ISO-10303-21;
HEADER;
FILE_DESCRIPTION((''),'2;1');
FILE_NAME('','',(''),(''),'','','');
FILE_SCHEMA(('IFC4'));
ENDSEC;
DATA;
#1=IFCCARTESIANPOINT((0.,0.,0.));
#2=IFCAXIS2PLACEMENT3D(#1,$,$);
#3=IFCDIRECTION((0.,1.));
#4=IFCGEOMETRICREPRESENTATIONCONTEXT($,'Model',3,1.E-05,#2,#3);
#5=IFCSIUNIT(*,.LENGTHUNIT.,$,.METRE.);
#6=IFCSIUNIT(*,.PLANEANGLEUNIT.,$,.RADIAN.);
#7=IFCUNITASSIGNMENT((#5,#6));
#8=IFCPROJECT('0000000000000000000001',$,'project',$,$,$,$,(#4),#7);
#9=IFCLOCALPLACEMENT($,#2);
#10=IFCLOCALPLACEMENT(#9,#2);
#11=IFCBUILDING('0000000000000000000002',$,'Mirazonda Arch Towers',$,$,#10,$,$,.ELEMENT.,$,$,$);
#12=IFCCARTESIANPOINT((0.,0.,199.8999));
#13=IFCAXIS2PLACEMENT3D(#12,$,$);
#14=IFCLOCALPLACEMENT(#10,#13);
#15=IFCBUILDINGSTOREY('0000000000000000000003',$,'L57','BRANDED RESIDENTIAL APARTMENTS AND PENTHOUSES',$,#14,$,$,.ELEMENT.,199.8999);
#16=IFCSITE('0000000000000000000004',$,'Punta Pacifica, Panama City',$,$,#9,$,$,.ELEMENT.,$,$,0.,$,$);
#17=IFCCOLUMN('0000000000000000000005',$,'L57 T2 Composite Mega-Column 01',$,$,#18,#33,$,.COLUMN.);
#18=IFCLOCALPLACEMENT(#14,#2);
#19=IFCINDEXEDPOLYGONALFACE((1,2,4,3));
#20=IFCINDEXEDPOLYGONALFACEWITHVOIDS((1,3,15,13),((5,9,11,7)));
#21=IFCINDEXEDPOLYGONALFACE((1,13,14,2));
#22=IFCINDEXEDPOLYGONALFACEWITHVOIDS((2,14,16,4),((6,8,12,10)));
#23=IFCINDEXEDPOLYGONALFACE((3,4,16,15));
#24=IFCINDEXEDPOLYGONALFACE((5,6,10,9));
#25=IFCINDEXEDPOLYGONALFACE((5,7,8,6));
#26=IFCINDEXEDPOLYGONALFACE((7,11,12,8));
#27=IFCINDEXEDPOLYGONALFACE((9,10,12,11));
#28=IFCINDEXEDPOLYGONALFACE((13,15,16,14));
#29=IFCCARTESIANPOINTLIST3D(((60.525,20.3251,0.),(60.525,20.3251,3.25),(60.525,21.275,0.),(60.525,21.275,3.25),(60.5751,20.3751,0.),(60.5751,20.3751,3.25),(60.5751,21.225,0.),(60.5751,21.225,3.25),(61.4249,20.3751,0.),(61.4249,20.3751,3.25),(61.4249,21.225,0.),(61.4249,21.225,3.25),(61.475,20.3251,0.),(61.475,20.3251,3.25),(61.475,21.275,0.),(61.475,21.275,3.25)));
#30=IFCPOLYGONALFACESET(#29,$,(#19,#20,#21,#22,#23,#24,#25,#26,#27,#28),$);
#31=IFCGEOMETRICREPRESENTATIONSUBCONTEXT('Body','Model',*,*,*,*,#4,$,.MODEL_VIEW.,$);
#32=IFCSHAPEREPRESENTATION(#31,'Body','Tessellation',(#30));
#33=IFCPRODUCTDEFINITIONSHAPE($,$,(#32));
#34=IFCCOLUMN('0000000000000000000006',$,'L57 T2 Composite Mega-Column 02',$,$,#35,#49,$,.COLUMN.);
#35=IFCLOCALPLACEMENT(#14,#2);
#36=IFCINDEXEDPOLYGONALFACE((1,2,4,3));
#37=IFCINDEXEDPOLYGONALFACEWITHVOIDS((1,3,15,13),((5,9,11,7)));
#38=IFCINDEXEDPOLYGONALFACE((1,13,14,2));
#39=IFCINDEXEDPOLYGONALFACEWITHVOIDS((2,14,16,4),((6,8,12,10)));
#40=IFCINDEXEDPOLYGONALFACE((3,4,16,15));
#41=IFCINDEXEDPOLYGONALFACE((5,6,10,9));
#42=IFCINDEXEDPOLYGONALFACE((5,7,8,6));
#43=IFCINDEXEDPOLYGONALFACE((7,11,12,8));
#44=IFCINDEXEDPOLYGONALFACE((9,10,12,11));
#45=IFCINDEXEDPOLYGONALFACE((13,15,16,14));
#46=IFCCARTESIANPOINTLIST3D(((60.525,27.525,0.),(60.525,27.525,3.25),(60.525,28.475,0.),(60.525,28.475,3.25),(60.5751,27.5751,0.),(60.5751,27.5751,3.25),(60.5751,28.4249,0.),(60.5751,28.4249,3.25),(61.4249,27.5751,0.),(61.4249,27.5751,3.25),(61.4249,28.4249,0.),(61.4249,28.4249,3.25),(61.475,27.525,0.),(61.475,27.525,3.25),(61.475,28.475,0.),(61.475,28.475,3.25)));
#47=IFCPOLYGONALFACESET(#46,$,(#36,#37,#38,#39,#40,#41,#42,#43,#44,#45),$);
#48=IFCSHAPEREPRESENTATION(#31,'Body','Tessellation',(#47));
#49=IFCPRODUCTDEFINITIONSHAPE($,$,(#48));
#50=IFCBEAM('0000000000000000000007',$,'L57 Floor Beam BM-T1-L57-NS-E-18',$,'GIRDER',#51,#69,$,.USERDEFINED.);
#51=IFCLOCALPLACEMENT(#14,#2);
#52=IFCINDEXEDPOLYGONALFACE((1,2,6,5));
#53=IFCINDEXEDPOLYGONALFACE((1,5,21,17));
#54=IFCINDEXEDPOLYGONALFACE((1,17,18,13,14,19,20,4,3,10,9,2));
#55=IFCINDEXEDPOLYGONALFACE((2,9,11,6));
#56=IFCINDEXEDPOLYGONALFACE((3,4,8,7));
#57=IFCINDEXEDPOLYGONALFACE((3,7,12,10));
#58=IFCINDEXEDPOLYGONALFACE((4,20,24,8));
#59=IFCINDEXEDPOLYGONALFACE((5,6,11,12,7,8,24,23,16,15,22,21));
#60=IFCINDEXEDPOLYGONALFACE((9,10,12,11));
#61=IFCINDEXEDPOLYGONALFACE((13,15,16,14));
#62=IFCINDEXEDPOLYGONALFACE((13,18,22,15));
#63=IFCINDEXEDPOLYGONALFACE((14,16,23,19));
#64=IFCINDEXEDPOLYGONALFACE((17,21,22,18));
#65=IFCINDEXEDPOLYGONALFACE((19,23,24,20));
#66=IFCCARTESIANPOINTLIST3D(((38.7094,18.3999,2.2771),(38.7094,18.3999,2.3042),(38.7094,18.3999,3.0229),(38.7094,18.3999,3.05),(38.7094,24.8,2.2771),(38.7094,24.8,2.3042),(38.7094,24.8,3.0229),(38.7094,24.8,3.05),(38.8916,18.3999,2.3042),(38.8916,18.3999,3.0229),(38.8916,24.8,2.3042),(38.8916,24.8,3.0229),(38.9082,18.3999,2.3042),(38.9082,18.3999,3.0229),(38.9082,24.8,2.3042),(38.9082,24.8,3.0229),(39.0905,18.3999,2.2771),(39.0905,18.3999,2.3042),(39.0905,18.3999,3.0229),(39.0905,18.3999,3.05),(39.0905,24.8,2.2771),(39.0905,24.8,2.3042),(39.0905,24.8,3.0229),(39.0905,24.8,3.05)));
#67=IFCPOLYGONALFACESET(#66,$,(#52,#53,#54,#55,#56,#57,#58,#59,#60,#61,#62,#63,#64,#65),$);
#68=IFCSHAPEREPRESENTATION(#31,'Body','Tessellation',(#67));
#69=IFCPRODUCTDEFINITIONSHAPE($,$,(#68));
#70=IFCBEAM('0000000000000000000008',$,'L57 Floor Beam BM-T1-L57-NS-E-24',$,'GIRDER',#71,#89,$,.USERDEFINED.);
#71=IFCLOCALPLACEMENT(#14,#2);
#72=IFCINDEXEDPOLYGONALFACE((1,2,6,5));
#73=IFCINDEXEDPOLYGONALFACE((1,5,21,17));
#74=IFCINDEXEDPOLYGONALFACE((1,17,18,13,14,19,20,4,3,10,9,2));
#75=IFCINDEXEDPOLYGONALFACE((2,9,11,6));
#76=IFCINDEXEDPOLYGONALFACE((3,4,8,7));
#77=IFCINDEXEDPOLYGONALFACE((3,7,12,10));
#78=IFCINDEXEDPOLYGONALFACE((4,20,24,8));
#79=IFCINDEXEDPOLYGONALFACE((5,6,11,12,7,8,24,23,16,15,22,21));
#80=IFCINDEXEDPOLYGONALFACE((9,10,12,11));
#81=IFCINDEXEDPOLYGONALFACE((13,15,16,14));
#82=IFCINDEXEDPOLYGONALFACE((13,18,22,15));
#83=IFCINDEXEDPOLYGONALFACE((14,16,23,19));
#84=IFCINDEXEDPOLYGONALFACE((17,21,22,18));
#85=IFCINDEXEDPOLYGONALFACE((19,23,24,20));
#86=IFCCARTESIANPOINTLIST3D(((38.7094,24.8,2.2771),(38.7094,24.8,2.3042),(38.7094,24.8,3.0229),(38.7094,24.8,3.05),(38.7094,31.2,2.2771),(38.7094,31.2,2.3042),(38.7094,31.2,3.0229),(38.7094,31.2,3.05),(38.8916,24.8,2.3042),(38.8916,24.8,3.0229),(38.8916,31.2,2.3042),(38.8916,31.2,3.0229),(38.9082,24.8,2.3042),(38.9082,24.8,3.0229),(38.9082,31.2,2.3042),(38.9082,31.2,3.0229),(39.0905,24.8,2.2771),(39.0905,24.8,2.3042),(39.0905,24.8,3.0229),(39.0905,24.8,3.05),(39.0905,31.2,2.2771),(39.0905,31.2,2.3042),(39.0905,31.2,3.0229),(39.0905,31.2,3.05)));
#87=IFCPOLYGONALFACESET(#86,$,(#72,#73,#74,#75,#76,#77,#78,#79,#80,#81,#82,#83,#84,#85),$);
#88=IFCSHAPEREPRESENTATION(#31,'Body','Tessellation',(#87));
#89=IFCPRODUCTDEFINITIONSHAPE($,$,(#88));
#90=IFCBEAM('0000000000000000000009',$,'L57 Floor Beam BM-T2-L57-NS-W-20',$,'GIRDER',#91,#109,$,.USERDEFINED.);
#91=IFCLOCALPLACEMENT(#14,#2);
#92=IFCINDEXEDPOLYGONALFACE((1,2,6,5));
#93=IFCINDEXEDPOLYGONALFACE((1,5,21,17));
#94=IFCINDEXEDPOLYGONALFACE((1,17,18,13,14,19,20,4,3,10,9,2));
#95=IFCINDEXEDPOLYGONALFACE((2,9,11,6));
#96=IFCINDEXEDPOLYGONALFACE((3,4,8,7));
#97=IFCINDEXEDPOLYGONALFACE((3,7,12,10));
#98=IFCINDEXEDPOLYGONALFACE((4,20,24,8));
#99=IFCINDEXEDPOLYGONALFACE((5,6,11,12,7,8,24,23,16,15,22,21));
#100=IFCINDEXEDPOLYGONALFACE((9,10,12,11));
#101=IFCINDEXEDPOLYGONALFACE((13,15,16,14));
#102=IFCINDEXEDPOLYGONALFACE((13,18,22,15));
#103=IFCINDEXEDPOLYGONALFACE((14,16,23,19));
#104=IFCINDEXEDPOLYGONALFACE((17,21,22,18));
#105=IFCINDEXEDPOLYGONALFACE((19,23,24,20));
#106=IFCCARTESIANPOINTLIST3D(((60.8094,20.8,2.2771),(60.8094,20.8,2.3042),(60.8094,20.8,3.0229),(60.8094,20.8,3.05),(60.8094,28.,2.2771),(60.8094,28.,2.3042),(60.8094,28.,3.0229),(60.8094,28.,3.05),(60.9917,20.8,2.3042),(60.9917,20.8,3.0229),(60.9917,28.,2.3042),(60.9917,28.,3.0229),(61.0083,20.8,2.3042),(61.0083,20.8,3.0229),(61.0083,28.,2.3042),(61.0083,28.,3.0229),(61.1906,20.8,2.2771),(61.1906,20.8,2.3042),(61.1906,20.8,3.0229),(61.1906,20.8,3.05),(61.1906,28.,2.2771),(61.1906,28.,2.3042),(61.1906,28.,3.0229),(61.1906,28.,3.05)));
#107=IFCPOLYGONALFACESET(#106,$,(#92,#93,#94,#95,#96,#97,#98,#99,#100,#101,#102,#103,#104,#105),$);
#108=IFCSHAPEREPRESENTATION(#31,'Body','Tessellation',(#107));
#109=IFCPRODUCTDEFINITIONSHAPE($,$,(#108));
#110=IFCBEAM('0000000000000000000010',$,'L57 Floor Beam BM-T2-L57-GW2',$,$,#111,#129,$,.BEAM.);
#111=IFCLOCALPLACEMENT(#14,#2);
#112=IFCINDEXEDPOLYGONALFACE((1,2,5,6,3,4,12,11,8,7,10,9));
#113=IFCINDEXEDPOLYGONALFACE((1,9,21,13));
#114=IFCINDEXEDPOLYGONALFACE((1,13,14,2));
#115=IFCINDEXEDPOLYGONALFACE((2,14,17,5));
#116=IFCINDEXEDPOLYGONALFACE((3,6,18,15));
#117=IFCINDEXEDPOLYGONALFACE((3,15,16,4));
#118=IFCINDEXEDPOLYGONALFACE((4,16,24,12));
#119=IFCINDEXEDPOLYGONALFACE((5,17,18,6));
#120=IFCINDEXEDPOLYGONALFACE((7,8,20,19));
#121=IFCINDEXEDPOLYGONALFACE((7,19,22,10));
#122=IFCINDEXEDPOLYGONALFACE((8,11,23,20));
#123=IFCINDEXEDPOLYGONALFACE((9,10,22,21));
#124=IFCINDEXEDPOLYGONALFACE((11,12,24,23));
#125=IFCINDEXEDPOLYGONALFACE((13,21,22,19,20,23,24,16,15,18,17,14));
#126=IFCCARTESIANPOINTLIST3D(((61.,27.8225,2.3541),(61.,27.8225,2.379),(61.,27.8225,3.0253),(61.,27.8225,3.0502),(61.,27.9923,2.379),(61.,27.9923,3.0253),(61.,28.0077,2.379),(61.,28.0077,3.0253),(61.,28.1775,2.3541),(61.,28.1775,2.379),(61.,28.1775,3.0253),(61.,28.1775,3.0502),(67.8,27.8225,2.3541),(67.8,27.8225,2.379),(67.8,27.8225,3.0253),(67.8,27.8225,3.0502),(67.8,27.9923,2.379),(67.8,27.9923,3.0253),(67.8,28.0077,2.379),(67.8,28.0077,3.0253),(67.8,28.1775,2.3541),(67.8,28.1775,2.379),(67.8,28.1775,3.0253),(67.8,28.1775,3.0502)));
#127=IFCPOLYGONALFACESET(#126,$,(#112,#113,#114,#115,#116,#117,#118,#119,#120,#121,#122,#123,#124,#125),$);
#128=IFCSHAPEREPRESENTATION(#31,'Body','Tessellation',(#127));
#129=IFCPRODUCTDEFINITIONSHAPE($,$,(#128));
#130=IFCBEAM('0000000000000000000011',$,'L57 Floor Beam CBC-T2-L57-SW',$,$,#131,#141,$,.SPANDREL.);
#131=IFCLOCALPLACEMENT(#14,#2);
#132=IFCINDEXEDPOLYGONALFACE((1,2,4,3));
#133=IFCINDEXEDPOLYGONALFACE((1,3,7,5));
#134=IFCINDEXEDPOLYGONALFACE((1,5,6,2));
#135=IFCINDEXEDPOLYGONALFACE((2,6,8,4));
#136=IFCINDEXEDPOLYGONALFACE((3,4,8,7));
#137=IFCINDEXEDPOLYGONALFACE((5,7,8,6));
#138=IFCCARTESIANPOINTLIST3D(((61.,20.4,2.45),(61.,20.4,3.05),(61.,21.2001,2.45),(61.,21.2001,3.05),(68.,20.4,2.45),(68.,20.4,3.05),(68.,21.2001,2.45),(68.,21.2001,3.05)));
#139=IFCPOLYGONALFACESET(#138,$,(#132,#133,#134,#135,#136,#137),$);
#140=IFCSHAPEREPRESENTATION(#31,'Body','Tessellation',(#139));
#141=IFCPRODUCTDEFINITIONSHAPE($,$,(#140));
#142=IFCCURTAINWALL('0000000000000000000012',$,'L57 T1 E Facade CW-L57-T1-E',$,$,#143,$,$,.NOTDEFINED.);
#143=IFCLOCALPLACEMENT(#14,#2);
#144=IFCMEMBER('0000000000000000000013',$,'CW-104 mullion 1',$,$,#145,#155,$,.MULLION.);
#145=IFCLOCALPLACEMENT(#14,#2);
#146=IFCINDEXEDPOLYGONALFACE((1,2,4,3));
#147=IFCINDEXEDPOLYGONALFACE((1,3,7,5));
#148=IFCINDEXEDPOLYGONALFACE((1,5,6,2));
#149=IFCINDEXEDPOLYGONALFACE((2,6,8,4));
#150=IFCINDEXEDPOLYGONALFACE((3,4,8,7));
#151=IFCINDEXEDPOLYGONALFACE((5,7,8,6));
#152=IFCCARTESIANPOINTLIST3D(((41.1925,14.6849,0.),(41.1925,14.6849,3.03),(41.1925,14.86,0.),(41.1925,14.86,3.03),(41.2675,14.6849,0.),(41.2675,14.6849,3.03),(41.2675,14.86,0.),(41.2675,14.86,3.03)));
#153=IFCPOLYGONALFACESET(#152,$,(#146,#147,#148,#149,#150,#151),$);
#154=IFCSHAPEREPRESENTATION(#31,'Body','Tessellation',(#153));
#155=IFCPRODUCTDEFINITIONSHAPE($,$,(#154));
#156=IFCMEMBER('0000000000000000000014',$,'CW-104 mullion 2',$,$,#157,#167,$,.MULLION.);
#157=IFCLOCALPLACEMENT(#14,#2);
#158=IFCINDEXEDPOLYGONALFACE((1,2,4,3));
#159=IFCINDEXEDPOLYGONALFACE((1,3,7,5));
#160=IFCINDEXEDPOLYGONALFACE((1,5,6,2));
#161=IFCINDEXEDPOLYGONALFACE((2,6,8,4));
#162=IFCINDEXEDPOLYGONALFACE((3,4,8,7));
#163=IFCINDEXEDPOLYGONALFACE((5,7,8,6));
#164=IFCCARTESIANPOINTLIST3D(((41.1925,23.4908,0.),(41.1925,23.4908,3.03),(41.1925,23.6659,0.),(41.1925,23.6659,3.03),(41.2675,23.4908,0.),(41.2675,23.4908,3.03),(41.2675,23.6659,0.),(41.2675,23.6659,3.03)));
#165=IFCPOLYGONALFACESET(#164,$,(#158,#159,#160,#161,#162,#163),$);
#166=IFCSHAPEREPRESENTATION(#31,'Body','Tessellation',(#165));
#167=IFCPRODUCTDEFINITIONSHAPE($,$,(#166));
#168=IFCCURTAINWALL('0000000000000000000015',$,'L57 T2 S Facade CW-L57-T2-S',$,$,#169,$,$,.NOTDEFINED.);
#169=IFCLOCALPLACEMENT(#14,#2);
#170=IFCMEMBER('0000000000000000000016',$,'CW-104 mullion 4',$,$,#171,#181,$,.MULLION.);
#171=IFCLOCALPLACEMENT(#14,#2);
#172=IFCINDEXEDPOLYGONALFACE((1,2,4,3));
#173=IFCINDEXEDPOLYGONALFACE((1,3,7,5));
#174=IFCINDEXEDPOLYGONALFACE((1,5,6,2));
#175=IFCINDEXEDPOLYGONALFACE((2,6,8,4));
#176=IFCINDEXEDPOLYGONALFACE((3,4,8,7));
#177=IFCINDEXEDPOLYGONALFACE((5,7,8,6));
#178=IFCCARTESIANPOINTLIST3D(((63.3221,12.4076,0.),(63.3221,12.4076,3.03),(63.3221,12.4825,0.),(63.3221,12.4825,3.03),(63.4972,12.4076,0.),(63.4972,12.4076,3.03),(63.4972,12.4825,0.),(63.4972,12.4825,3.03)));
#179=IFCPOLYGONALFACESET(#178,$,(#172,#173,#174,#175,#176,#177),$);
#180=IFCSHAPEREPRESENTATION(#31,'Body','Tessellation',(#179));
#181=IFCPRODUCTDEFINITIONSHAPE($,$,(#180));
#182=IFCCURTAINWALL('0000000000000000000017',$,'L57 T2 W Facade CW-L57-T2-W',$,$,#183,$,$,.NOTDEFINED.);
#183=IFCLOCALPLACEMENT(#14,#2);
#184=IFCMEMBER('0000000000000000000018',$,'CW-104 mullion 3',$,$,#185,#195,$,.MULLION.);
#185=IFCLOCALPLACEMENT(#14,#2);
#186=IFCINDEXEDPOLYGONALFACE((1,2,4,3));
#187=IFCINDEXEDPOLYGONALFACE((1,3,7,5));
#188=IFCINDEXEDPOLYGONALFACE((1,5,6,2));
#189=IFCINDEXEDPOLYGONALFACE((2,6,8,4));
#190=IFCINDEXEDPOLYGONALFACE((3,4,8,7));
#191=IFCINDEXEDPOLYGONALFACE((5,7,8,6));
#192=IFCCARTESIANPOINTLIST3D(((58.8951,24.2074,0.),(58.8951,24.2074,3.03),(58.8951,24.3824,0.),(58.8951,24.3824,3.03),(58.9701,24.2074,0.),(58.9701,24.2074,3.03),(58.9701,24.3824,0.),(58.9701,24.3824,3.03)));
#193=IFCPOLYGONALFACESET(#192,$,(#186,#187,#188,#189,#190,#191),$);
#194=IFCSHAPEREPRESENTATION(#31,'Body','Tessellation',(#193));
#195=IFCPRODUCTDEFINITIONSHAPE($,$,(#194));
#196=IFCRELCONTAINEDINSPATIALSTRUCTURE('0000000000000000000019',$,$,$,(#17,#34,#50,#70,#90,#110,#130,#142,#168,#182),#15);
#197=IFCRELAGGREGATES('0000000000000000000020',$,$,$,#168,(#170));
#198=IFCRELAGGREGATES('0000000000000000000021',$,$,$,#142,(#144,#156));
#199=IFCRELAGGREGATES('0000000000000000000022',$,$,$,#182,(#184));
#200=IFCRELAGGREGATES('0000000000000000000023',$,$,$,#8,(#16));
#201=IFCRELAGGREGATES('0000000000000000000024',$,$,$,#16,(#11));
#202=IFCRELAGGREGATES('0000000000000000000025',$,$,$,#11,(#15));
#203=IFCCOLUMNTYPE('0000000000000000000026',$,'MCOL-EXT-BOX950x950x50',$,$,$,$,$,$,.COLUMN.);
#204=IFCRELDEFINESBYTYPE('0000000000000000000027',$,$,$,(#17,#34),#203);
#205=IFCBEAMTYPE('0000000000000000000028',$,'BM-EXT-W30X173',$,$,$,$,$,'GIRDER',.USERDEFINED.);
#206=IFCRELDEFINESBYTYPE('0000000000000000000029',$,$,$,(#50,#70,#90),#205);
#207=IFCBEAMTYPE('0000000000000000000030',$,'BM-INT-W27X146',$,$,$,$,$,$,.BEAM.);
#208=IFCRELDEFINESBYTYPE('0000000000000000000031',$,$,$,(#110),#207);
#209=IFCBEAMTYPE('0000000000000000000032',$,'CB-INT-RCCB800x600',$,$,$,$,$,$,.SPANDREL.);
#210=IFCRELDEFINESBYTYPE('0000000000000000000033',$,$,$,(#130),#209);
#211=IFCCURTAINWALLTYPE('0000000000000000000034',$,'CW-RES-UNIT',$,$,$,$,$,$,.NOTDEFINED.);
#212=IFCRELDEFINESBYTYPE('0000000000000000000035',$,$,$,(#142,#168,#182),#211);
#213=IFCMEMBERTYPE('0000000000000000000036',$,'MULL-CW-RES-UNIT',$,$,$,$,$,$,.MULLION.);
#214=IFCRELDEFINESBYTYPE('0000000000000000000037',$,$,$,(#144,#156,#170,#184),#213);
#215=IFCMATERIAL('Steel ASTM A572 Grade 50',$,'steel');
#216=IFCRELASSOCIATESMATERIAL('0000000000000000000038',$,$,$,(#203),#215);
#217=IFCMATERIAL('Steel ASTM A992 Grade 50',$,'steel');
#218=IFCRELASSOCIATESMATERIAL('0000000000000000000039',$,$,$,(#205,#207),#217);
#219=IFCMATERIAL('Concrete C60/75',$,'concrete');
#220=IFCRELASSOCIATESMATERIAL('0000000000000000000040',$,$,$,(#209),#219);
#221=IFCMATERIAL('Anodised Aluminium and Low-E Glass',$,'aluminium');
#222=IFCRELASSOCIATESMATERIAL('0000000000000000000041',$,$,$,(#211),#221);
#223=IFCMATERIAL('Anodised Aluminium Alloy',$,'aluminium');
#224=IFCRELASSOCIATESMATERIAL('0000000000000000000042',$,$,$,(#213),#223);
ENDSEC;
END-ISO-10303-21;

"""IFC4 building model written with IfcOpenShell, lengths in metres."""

from ifc_helpers import new_model, si_unit, direction, frame, origin, origin_2d, place, context, subcontext, project, spatial, rectangle, hollow_rectangle, i_section, extrude, material, material_profile, profile_set, type_object, element, aggregate, save


model = new_model("IFC4")

# Units and contexts
model_context = context("Model", 3, precision=1e-05, world=origin(), true_north=direction((0.0, 1.0)))
body_context = subcontext(model_context, "Body", "Model", "MODEL_VIEW")
ifc_project = project(units=[si_unit("LENGTHUNIT", "METRE"), si_unit("PLANEANGLEUNIT", "RADIAN")], contexts=[model_context])

# Site, building, storey
site_placement = place(None, origin())
site = spatial("IfcSite", under=ifc_project, at=site_placement, Name="Punta Pacifica, Panama City", CompositionType="ELEMENT", RefElevation=0.0)
building_placement = place(site_placement, origin())
building = spatial("IfcBuilding", under=site, at=building_placement, Name="Mirazonda Arch Towers", CompositionType="ELEMENT")
storey_placement = place(building_placement, frame((0.0, 0.0, 199.8999)))
storey = spatial("IfcBuildingStorey", under=building, at=storey_placement, Name="L57", Description="BRANDED RESIDENTIAL APARTMENTS AND PENTHOUSES", CompositionType="ELEMENT", Elevation=199.8999)

# Columns
ifc_material_1 = material(Name="Steel ASTM A572 Grade 50", Category="steel")
ifc_material_profile_1 = material_profile(ifc_material_1, hollow_rectangle(XDim=0.95, YDim=0.95, WallThickness=0.05, at=origin_2d()), Name="BOX950x950x50")
ifc_profile_set_1 = profile_set([ifc_material_profile_1], Name="Steel ASTM A572 Grade 50")
column_type = type_object("IfcColumnType", Name="MCOL-EXT-BOX950x950x50", PredefinedType="COLUMN", material=ifc_profile_set_1)
for number, where, z_axis, x_axis, name in (
    (1, (61.0, 20.8, 0.0), (0.0, 0.0, 1.0), (1.0, 0.0, 0.0), "L57 T2 Composite Mega-Column 01"),
    (2, (61.0, 28.0, 0.0), (0.0, 0.0, 1.0), (1.0, 0.0, 0.0), "L57 T2 Composite Mega-Column 02"),
):
    element("IfcColumn", number, at=place(storey_placement, frame(where, z_axis=z_axis, x_axis=x_axis)), inside=storey, type_object=column_type, Name=name, PredefinedType="COLUMN", context=body_context, shape_type="SweptSolid", body=[
        extrude(hollow_rectangle(XDim=0.95, YDim=0.95, WallThickness=0.05, at=origin_2d()), origin(), (0.0, 0.0, 1.0), 3.25),
    ])

# Beams
ifc_material_2 = material(Name="Steel ASTM A992 Grade 50", Category="steel")
ifc_material_profile_2 = material_profile(ifc_material_2, i_section(OverallWidth=0.3811, OverallDepth=0.7729, WebThickness=0.0166, FlangeThickness=0.0271, at=origin_2d()), Name="W30X173")
ifc_profile_set_2 = profile_set([ifc_material_profile_2], Name="Steel ASTM A992 Grade 50")
beam_type_1 = type_object("IfcBeamType", Name="BM-EXT-W30X173", ElementType="GIRDER", PredefinedType="USERDEFINED", material=ifc_profile_set_2)
beam_1_placement = place(storey_placement, frame((38.8999, 18.3999, 2.6636), z_axis=(0.0, 1.0, 0.0), x_axis=(-1.0, 0.0, 0.0)))
element("IfcBeam", 3, at=beam_1_placement, inside=storey, type_object=beam_type_1, Name="L57 Floor Beam BM-T1-L57-NS-E-18", ObjectType="GIRDER", PredefinedType="USERDEFINED", context=body_context, shape_type="SweptSolid", body=[
    extrude(i_section(OverallWidth=0.3811, OverallDepth=0.7729, WebThickness=0.0166, FlangeThickness=0.0271, at=origin_2d()), origin(), (0.0, 0.0, 1.0), 6.4001),
])
beam_2_placement = place(storey_placement, frame((38.8999, 24.8, 2.6636), z_axis=(0.0, 1.0, 0.0), x_axis=(-1.0, 0.0, 0.0)))
element("IfcBeam", 4, at=beam_2_placement, inside=storey, type_object=beam_type_1, Name="L57 Floor Beam BM-T1-L57-NS-E-24", ObjectType="GIRDER", PredefinedType="USERDEFINED", context=body_context, shape_type="SweptSolid", body=[
    extrude(i_section(OverallWidth=0.3811, OverallDepth=0.7729, WebThickness=0.0166, FlangeThickness=0.0271, at=origin_2d()), origin(), (0.0, 0.0, 1.0), 6.3999),
])
beam_3_placement = place(storey_placement, frame((61.0, 20.8, 2.6636), z_axis=(0.0, 1.0, 0.0), x_axis=(-1.0, 0.0, 0.0)))
element("IfcBeam", 5, at=beam_3_placement, inside=storey, type_object=beam_type_1, Name="L57 Floor Beam BM-T2-L57-NS-W-20", ObjectType="GIRDER", PredefinedType="USERDEFINED", context=body_context, shape_type="SweptSolid", body=[
    extrude(i_section(OverallWidth=0.3811, OverallDepth=0.7729, WebThickness=0.0166, FlangeThickness=0.0271, at=origin_2d()), origin(), (0.0, 0.0, 1.0), 7.2),
])
ifc_material_profile_3 = material_profile(ifc_material_2, i_section(OverallWidth=0.355, OverallDepth=0.696, WebThickness=0.0154, FlangeThickness=0.0249, at=origin_2d()), Name="W27X146")
ifc_profile_set_3 = profile_set([ifc_material_profile_3], Name="Steel ASTM A992 Grade 50")
beam_type_2 = type_object("IfcBeamType", Name="BM-INT-W27X146", PredefinedType="BEAM", material=ifc_profile_set_3)
beam_4_placement = place(storey_placement, frame((61.0, 28.0, 2.7021), z_axis=(1.0, 0.0, 0.0), x_axis=(0.0, 1.0, 0.0)))
element("IfcBeam", 6, at=beam_4_placement, inside=storey, type_object=beam_type_2, Name="L57 Floor Beam BM-T2-L57-GW2", PredefinedType="BEAM", context=body_context, shape_type="SweptSolid", body=[
    extrude(i_section(OverallWidth=0.355, OverallDepth=0.696, WebThickness=0.0154, FlangeThickness=0.0249, at=origin_2d()), origin(), (0.0, 0.0, 1.0), 6.8),
])
ifc_material_3 = material(Name="Concrete C60/75", Category="concrete")
ifc_material_profile_4 = material_profile(ifc_material_3, rectangle(XDim=0.8, YDim=0.6001, at=origin_2d()), Name="RCCB800x600")
ifc_profile_set_4 = profile_set([ifc_material_profile_4], Name="Concrete C60/75")
beam_type_3 = type_object("IfcBeamType", Name="CB-INT-RCCB800x600", PredefinedType="SPANDREL", material=ifc_profile_set_4)
beam_5_placement = place(storey_placement, frame((61.0, 20.8, 2.75), z_axis=(1.0, 0.0, 0.0), x_axis=(0.0, 1.0, 0.0)))
element("IfcBeam", 7, at=beam_5_placement, inside=storey, type_object=beam_type_3, Name="L57 Floor Beam CBC-T2-L57-SW", PredefinedType="SPANDREL", context=body_context, shape_type="SweptSolid", body=[
    extrude(rectangle(XDim=0.8, YDim=0.6001, at=origin_2d()), origin(), (0.0, 0.0, 1.0), 7.0),
])

# Curtain wall, members
ifc_material_4 = material(Name="Anodised Aluminium and Low-E Glass", Category="aluminium")
curtain_wall_type = type_object("IfcCurtainWallType", Name="CW-RES-UNIT", PredefinedType="NOTDEFINED", material=ifc_material_4)
curtain_wall_1_placement = place(storey_placement, origin())
curtain_wall_1 = element("IfcCurtainWall", 8, at=curtain_wall_1_placement, inside=storey, type_object=curtain_wall_type, Name="L57 T1 E Facade CW-L57-T1-E", PredefinedType="NOTDEFINED")
ifc_material_5 = material(Name="Anodised Aluminium Alloy", Category="aluminium")
ifc_material_profile_5 = material_profile(ifc_material_5, rectangle(XDim=0.075, YDim=0.175, at=origin_2d()), Name="ALU-MULL-75x175")
ifc_profile_set_5 = profile_set([ifc_material_profile_5], Name="Anodised Aluminium Alloy")
member_type_1 = type_object("IfcMemberType", Name="MULL-CW-RES-UNIT", PredefinedType="MULLION", material=ifc_profile_set_5)
member_1_placement = place(storey_placement, frame((41.23, 14.7725, 0.0), z_axis=(0.0, 0.0, 1.0), x_axis=(-1.0, 0.0, 0.0)))
member_1 = element("IfcMember", 9, at=member_1_placement, type_object=member_type_1, Name="CW-104 mullion 1", PredefinedType="MULLION", context=body_context, shape_type="SweptSolid", body=[
    extrude(rectangle(XDim=0.075, YDim=0.175, at=origin_2d()), origin(), (0.0, 0.0, 1.0), 3.03),
])
member_2_placement = place(storey_placement, frame((41.23, 23.5784, 0.0), z_axis=(0.0, 0.0, 1.0), x_axis=(-1.0, 0.0, 0.0)))
member_2 = element("IfcMember", 10, at=member_2_placement, type_object=member_type_1, Name="CW-104 mullion 2", PredefinedType="MULLION", context=body_context, shape_type="SweptSolid", body=[
    extrude(rectangle(XDim=0.075, YDim=0.175, at=origin_2d()), origin(), (0.0, 0.0, 1.0), 3.03),
])

# Curtain wall, member
curtain_wall_2_placement = place(storey_placement, origin())
curtain_wall_2 = element("IfcCurtainWall", 11, at=curtain_wall_2_placement, inside=storey, type_object=curtain_wall_type, Name="L57 T2 S Facade CW-L57-T2-S", PredefinedType="NOTDEFINED")
member_3_placement = place(storey_placement, frame((63.4097, 12.4451, 0.0), z_axis=(0.0, 0.0, 1.0), x_axis=(0.0, -1.0, 0.0)))
member_3 = element("IfcMember", 12, at=member_3_placement, type_object=member_type_1, Name="CW-104 mullion 4", PredefinedType="MULLION", context=body_context, shape_type="SweptSolid", body=[
    extrude(rectangle(XDim=0.075, YDim=0.175, at=origin_2d()), origin(), (0.0, 0.0, 1.0), 3.03),
])
aggregate(curtain_wall_2, [member_3])

# Curtain wall, member
curtain_wall_3_placement = place(storey_placement, origin())
curtain_wall_3 = element("IfcCurtainWall", 13, at=curtain_wall_3_placement, inside=storey, type_object=curtain_wall_type, Name="L57 T2 W Facade CW-L57-T2-W", PredefinedType="NOTDEFINED")
member_4_placement = place(storey_placement, frame((58.9326, 24.2949, 0.0), z_axis=(0.0, 0.0, 1.0), x_axis=(1.0, 0.0, 0.0)))
member_4 = element("IfcMember", 14, at=member_4_placement, type_object=member_type_1, Name="CW-104 mullion 3", PredefinedType="MULLION", context=body_context, shape_type="SweptSolid", body=[
    extrude(rectangle(XDim=0.075, YDim=0.175, at=origin_2d()), origin(), (0.0, 0.0, 1.0), 3.03),
])

aggregate(curtain_wall_1, [member_1, member_2])
aggregate(curtain_wall_3, [member_4])

save(model, "model.ifc")
